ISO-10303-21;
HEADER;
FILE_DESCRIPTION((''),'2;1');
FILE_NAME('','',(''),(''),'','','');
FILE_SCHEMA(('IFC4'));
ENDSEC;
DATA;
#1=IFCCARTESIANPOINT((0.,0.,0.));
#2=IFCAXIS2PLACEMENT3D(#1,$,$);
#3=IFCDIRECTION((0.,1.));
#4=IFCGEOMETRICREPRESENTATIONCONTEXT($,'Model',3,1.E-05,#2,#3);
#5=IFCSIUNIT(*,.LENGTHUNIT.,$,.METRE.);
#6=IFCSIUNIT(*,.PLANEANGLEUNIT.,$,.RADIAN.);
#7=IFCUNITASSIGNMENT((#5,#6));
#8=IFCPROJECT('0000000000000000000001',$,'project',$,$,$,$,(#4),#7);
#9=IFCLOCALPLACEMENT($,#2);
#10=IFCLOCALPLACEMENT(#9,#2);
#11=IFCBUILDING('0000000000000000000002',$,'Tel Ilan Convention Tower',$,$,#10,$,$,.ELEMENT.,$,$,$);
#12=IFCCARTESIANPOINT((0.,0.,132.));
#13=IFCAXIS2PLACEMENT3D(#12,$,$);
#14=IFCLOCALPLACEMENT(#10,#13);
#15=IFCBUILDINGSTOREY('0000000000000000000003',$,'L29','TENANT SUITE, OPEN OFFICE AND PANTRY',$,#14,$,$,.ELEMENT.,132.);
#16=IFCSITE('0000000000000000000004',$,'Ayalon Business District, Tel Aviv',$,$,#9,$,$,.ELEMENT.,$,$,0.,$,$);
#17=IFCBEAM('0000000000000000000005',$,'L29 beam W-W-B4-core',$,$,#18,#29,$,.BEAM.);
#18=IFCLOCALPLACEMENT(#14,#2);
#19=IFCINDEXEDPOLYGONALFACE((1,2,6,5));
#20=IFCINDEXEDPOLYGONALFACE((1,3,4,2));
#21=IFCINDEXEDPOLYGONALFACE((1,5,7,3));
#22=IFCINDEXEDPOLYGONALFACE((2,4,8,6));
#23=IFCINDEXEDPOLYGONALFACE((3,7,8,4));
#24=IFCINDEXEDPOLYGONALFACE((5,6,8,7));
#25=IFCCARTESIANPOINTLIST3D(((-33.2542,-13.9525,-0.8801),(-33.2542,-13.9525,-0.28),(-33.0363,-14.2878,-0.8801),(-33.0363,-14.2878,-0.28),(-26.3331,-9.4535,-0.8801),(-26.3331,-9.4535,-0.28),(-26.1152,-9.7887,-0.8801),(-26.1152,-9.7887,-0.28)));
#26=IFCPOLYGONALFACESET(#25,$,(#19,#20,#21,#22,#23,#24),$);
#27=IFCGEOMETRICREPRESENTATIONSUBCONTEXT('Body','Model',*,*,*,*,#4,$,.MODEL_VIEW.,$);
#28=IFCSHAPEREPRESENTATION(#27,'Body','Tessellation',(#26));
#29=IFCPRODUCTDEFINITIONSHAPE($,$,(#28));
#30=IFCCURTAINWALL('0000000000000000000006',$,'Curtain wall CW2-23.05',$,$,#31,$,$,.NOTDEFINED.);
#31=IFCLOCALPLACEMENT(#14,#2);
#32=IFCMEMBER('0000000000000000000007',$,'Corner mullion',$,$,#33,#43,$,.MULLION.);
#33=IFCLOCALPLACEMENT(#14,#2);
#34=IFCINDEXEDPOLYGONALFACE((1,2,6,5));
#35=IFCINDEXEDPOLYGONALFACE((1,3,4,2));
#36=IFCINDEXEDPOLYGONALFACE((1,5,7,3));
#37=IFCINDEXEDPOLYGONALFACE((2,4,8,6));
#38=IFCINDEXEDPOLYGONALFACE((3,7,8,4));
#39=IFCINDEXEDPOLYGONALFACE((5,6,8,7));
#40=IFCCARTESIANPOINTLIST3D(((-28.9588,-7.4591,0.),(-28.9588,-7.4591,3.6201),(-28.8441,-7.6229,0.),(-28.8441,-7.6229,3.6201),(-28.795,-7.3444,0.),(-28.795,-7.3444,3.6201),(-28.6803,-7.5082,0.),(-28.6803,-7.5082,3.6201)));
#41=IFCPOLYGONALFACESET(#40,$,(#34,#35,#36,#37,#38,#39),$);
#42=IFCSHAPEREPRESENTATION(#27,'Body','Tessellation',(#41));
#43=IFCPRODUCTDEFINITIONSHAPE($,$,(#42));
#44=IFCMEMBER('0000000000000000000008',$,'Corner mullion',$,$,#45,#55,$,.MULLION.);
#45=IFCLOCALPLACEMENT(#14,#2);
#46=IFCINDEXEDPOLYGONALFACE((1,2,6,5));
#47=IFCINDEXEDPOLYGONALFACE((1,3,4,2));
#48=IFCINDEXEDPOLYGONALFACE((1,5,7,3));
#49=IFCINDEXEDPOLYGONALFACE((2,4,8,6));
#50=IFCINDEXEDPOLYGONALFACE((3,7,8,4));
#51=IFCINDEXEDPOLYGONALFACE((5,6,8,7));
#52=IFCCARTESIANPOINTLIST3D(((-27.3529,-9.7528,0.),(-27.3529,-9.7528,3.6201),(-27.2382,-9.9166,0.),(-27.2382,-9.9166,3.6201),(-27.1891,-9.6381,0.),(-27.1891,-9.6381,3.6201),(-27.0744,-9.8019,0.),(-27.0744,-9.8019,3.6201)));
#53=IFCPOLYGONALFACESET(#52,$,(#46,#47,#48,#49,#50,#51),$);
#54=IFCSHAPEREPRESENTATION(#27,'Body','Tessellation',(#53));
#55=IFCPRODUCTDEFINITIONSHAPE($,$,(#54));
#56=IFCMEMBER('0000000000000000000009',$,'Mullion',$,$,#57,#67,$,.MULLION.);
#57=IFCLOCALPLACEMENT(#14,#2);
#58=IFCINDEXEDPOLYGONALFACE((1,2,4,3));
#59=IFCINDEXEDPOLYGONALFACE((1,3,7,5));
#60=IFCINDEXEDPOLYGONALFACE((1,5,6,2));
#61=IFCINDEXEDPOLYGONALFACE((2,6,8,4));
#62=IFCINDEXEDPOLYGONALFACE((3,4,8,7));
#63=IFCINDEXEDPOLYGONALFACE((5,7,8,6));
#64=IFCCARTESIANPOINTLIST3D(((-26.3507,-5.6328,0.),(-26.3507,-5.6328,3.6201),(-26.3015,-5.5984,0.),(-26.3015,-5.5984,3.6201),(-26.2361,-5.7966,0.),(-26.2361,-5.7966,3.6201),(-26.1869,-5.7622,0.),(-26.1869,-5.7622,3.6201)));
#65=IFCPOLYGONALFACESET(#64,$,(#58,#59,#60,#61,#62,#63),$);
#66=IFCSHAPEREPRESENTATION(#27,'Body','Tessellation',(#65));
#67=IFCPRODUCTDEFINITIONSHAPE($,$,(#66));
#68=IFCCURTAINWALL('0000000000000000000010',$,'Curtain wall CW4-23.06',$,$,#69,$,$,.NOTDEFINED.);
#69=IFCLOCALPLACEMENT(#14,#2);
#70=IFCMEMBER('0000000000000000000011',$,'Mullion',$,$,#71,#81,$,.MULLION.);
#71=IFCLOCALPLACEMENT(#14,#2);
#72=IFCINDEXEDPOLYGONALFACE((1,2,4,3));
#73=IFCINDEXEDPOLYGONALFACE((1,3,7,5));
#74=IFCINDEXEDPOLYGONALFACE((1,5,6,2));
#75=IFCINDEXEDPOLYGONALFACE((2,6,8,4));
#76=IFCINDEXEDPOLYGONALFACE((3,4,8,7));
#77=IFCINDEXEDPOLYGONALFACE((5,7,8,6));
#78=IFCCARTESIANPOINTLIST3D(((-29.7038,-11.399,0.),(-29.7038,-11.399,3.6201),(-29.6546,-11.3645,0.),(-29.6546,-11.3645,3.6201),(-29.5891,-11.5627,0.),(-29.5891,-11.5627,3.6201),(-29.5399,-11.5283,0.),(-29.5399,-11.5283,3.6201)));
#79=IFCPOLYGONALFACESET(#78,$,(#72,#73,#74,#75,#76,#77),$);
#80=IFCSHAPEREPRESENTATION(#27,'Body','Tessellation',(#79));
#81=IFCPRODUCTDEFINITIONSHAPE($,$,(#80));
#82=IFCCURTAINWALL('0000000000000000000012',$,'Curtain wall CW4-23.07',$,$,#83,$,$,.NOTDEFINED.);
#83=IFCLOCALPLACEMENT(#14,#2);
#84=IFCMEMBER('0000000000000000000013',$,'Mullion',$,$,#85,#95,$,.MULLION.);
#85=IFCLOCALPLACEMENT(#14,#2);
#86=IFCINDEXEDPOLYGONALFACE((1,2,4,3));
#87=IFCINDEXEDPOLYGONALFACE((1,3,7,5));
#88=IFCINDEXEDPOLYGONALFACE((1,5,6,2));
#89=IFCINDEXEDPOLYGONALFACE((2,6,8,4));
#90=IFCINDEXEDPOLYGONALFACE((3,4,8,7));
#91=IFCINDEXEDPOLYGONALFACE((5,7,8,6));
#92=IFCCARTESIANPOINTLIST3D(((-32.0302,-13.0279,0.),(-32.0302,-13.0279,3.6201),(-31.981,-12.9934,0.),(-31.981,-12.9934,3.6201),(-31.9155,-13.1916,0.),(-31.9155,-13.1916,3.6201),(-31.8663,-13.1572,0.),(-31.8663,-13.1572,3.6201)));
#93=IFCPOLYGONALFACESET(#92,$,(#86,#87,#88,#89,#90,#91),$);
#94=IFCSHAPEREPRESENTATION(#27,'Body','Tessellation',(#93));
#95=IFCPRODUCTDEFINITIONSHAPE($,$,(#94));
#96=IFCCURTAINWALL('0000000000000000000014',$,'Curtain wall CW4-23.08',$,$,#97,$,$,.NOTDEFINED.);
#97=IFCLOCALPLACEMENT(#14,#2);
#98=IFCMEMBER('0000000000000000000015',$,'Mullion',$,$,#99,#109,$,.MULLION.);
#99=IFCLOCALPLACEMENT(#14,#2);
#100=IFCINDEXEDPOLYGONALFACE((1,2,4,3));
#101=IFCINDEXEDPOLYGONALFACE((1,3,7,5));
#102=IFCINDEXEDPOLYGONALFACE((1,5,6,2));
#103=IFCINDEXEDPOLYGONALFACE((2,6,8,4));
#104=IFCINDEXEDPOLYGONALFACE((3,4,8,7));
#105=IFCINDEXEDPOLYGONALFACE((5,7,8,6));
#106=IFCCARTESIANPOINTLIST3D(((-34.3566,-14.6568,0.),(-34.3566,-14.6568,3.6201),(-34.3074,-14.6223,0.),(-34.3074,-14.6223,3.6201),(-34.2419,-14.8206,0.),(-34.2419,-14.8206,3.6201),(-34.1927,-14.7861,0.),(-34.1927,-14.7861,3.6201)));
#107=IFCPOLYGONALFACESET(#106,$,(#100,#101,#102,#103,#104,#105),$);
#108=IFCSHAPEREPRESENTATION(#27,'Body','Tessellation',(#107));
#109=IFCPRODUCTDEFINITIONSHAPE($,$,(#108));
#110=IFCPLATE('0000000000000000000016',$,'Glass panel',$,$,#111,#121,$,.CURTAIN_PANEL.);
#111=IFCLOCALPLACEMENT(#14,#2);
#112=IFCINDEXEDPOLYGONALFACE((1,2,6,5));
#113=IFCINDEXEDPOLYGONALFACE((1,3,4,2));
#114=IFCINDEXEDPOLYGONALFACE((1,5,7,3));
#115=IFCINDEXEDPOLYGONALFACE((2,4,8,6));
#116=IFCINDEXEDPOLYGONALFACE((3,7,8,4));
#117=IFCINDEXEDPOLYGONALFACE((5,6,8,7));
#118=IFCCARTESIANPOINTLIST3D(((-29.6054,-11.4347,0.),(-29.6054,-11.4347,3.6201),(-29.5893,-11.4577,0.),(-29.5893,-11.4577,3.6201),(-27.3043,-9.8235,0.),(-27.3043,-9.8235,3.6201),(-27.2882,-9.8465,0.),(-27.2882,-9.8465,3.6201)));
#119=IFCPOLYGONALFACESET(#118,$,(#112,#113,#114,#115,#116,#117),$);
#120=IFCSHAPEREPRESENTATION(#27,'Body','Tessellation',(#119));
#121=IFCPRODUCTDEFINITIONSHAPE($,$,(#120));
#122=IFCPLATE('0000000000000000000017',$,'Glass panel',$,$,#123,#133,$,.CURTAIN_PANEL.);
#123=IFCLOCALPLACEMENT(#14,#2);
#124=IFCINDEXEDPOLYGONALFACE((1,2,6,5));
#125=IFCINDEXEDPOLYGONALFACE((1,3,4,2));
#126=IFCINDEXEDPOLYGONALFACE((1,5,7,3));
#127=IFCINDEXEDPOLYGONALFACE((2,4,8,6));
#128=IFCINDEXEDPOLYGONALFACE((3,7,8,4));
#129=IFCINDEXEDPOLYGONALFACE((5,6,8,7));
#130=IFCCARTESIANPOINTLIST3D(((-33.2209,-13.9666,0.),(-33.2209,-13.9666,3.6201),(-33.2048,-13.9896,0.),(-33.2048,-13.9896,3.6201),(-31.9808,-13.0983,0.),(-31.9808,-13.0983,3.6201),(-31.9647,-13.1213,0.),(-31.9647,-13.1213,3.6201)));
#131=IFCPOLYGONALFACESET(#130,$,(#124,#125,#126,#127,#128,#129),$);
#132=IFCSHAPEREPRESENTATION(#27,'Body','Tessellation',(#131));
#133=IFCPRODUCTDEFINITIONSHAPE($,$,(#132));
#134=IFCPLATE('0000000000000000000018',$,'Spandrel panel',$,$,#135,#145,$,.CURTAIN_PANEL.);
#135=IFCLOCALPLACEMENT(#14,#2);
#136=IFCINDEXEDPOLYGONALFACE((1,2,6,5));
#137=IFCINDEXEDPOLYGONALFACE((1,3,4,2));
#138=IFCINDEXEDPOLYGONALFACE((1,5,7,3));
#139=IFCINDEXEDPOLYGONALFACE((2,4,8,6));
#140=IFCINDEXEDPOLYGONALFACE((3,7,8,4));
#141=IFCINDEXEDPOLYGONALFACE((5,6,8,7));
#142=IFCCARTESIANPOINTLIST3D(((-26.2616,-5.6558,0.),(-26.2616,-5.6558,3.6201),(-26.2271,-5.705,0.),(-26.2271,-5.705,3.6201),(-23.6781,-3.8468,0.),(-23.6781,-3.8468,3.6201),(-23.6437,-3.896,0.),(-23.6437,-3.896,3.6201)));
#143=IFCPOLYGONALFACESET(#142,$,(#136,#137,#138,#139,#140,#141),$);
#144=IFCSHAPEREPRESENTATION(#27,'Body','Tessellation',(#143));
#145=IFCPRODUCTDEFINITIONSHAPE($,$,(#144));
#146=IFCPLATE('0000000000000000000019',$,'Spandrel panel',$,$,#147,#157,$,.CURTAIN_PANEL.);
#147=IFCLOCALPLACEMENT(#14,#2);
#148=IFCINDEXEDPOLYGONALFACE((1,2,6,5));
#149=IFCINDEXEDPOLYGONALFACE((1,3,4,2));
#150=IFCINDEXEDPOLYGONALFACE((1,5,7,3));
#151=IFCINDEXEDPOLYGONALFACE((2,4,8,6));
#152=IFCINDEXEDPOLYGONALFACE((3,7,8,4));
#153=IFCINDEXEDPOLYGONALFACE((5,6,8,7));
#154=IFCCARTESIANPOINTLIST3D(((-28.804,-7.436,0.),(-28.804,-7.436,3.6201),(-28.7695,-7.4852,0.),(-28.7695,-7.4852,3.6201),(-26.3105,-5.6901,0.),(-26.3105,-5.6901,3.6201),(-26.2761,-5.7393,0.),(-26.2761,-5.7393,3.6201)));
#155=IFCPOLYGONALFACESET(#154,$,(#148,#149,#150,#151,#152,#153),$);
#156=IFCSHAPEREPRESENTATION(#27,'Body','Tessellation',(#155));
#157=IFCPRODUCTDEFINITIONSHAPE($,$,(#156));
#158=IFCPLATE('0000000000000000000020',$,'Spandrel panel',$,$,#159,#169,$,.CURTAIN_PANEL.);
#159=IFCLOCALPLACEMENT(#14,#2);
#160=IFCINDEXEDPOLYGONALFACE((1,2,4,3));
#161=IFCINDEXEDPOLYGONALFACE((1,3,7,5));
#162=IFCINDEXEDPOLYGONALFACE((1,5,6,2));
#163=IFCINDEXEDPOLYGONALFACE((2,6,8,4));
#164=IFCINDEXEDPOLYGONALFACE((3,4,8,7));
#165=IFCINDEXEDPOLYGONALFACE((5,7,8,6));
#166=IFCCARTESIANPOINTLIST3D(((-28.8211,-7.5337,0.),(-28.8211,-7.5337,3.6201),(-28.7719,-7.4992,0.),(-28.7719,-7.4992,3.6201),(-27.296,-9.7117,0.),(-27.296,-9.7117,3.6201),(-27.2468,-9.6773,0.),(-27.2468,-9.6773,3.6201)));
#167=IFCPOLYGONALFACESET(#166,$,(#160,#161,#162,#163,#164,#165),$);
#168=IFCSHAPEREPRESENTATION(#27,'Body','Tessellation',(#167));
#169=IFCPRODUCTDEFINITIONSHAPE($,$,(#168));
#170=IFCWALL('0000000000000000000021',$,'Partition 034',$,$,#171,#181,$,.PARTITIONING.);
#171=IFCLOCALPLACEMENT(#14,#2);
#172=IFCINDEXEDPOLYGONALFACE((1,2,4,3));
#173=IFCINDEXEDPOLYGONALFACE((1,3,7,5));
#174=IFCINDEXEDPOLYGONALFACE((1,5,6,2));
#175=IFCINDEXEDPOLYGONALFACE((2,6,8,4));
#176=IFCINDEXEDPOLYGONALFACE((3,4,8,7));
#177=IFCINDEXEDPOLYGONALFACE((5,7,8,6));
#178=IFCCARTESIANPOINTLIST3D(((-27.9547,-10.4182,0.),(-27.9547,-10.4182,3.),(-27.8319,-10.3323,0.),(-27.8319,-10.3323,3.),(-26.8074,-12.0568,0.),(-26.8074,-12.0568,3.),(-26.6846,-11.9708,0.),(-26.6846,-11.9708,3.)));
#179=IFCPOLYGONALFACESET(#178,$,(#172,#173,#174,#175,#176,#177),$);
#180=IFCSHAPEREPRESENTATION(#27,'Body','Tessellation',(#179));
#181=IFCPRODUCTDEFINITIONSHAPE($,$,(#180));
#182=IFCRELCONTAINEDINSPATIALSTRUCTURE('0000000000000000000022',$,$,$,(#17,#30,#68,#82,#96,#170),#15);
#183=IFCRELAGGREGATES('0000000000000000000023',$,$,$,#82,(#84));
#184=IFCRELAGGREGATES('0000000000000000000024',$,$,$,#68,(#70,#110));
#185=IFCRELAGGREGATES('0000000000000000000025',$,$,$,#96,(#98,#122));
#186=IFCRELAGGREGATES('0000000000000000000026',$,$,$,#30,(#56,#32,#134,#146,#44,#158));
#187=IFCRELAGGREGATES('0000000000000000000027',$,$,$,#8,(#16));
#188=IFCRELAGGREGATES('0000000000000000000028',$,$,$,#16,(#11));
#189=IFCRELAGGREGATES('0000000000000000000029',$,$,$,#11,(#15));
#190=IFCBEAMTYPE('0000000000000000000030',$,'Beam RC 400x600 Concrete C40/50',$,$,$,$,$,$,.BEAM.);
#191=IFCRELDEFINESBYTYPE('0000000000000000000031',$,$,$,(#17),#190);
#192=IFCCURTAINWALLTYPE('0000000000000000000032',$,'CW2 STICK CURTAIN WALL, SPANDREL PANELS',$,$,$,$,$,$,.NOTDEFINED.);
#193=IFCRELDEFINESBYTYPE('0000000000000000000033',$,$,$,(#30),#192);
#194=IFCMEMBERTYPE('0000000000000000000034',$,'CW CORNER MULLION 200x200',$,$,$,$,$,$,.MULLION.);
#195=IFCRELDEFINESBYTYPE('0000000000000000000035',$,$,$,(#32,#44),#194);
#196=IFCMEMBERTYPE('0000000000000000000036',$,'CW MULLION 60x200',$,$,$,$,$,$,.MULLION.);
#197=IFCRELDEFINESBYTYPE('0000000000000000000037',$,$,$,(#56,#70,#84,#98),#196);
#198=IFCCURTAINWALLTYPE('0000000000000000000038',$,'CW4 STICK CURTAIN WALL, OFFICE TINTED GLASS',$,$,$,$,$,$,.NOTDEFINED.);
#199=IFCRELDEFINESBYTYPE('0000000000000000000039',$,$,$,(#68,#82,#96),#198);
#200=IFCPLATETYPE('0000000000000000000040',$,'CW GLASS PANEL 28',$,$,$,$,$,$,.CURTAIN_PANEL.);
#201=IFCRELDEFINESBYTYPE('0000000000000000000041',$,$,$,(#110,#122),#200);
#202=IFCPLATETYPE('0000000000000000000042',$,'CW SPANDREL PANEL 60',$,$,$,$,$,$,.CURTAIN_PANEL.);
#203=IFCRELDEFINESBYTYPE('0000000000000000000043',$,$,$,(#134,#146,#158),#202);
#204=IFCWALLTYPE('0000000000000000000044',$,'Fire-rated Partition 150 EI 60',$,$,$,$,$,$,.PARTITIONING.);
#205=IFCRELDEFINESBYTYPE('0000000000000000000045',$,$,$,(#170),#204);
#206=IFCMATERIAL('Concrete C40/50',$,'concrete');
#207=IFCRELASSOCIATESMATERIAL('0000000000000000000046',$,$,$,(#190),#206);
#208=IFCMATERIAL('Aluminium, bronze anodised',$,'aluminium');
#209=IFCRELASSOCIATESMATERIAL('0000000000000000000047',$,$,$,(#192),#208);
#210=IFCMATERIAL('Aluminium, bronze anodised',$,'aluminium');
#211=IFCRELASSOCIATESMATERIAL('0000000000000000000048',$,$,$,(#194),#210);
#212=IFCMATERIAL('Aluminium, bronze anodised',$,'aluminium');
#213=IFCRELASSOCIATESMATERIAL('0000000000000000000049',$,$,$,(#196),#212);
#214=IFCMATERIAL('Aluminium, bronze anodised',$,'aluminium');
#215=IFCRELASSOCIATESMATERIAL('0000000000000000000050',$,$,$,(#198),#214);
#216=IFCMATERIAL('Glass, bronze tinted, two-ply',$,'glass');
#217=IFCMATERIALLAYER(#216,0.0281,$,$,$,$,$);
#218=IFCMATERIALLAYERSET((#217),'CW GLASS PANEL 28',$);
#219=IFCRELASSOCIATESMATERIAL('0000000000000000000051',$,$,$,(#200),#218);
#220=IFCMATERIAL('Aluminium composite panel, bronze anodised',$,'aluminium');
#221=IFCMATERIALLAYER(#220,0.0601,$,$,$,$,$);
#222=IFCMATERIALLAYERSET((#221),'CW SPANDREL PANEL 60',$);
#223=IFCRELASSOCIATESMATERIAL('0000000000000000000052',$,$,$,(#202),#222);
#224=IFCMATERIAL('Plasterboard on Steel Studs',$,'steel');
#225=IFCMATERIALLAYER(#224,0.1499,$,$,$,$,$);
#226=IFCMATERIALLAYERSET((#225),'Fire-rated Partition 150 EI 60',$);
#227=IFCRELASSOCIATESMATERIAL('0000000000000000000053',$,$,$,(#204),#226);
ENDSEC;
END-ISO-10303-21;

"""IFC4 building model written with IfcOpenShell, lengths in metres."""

from ifc_helpers import new_model, si_unit, direction, frame, frame_2d, origin, origin_2d, place, context, subcontext, project, spatial, rectangle, extrude, material, layer, layer_set, material_profile, profile_set, type_object, element, aggregate, save


model = new_model("IFC4")

# Units and contexts
model_context = context("Model", 3, precision=1e-05, world=origin(), true_north=direction((0.0, 1.0)))
body_context = subcontext(model_context, "Body", "Model", "MODEL_VIEW")
ifc_project = project(units=[si_unit("LENGTHUNIT", "METRE"), si_unit("PLANEANGLEUNIT", "RADIAN")], contexts=[model_context])

# Site, building, storey
site_placement = place(None, origin())
site = spatial("IfcSite", under=ifc_project, at=site_placement, Name="Ayalon Business District, Tel Aviv", CompositionType="ELEMENT", RefElevation=0.0)
building_placement = place(site_placement, origin())
building = spatial("IfcBuilding", under=site, at=building_placement, Name="Tel Ilan Convention Tower", CompositionType="ELEMENT")
storey_placement = place(building_placement, frame((0.0, 0.0, 132.0)))
storey = spatial("IfcBuildingStorey", under=building, at=storey_placement, Name="L29", Description="TENANT SUITE, OPEN OFFICE AND PANTRY", CompositionType="ELEMENT", Elevation=132.0)

# Beam
ifc_material_1 = material(Name="Concrete C40/50", Category="concrete")
ifc_material_profile_1 = material_profile(ifc_material_1, rectangle(XDim=0.3999, YDim=0.6001, at=origin_2d()), Name="RC 400x600")
ifc_profile_set_1 = profile_set([ifc_material_profile_1], Name="Concrete C40/50")
beam_type = type_object("IfcBeamType", Name="Beam RC 400x600 Concrete C40/50", PredefinedType="BEAM", material=ifc_profile_set_1)
beam_placement = place(storey_placement, frame((-33.1453, -14.1201, -0.5801), z_axis=(0.838428, 0.545012, 0.0), x_axis=(-0.545012, 0.838428, 0.0)))
element("IfcBeam", 1, at=beam_placement, inside=storey, type_object=beam_type, Name="L29 beam W-W-B4-core", PredefinedType="BEAM", context=body_context, shape_type="SweptSolid", body=[
    extrude(rectangle(XDim=0.3999, YDim=0.6001, at=origin_2d()), origin(), (0.0, 0.0, 1.0), 8.2549),
])

# Curtain wall, members
ifc_material_2 = material(Name="Aluminium, bronze anodised", Category="aluminium")
curtain_wall_type_1 = type_object("IfcCurtainWallType", Name="CW2 STICK CURTAIN WALL, SPANDREL PANELS", PredefinedType="NOTDEFINED", material=ifc_material_2)
curtain_wall_1_placement = place(storey_placement, origin())
curtain_wall_1 = element("IfcCurtainWall", 2, at=curtain_wall_1_placement, inside=storey, type_object=curtain_wall_type_1, Name="Curtain wall CW2-23.05", PredefinedType="NOTDEFINED")
ifc_material_3 = material(Name="Aluminium, bronze anodised", Category="aluminium")
ifc_material_profile_2 = material_profile(ifc_material_3, rectangle(XDim=0.2, YDim=0.2, at=origin_2d()), Name="CW CORNER MULLION 200x200")
ifc_profile_set_2 = profile_set([ifc_material_profile_2], Name="Aluminium, bronze anodised")
member_type_1 = type_object("IfcMemberType", Name="CW CORNER MULLION 200x200", PredefinedType="MULLION", material=ifc_profile_set_2)
member_1_placement = place(storey_placement, frame((-28.8196, -7.4836, 0.0), z_axis=(0.0, 0.0, 1.0), x_axis=(-0.819152, -0.573576, 0.0)))
member_1 = element("IfcMember", 3, at=member_1_placement, type_object=member_type_1, Name="Corner mullion", PredefinedType="MULLION", context=body_context, shape_type="SweptSolid", body=[
    extrude(rectangle(XDim=0.2, YDim=0.2, at=origin_2d()), origin(), (0.0, 0.0, 1.0), 3.6201),
])
member_2_placement = place(storey_placement, frame((-27.2136, -9.7773, 0.0), z_axis=(0.0, 0.0, 1.0), x_axis=(0.573576, -0.819152, 0.0)))
member_2 = element("IfcMember", 4, at=member_2_placement, type_object=member_type_1, Name="Corner mullion", PredefinedType="MULLION", context=body_context, shape_type="SweptSolid", body=[
    extrude(rectangle(XDim=0.2, YDim=0.2, at=origin_2d()), origin(), (0.0, 0.0, 1.0), 3.6201),
])
ifc_material_4 = material(Name="Aluminium, bronze anodised", Category="aluminium")
ifc_material_profile_3 = material_profile(ifc_material_4, rectangle(XDim=0.0601, YDim=0.2, at=origin_2d()), Name="CW MULLION 60x200")
ifc_profile_set_3 = profile_set([ifc_material_profile_3], Name="Aluminium, bronze anodised")
member_type_2 = type_object("IfcMemberType", Name="CW MULLION 60x200", PredefinedType="MULLION", material=ifc_profile_set_3)
member_3_placement = place(storey_placement, frame((-26.2688, -5.6975, 0.0), z_axis=(0.0, 0.0, 1.0), x_axis=(-0.819152, -0.573576, 0.0)))
member_3 = element("IfcMember", 5, at=member_3_placement, type_object=member_type_2, Name="Mullion", PredefinedType="MULLION", context=body_context, shape_type="SweptSolid", body=[
    extrude(rectangle(XDim=0.0601, YDim=0.2, at=origin_2d()), origin(), (0.0, 0.0, 1.0), 3.6201),
])

# Curtain walls, members
ifc_material_5 = material(Name="Aluminium, bronze anodised", Category="aluminium")
curtain_wall_type_2 = type_object("IfcCurtainWallType", Name="CW4 STICK CURTAIN WALL, OFFICE TINTED GLASS", PredefinedType="NOTDEFINED", material=ifc_material_5)
curtain_wall_2_placement = place(storey_placement, origin())
curtain_wall_2 = element("IfcCurtainWall", 6, at=curtain_wall_2_placement, inside=storey, type_object=curtain_wall_type_2, Name="Curtain wall CW4-23.06", PredefinedType="NOTDEFINED")
member_4_placement = place(storey_placement, frame((-29.6218, -11.4636, 0.0), z_axis=(0.0, 0.0, 1.0), x_axis=(-0.819152, -0.573576, 0.0)))
member_4 = element("IfcMember", 7, at=member_4_placement, type_object=member_type_2, Name="Mullion", PredefinedType="MULLION", context=body_context, shape_type="SweptSolid", body=[
    extrude(rectangle(XDim=0.0601, YDim=0.2, at=origin_2d()), origin(), (0.0, 0.0, 1.0), 3.6201),
])
curtain_wall_3_placement = place(storey_placement, origin())
curtain_wall_3 = element("IfcCurtainWall", 8, at=curtain_wall_3_placement, inside=storey, type_object=curtain_wall_type_2, Name="Curtain wall CW4-23.07", PredefinedType="NOTDEFINED")
member_5_placement = place(storey_placement, frame((-31.9482, -13.0925, 0.0), z_axis=(0.0, 0.0, 1.0), x_axis=(-0.819152, -0.573576, 0.0)))
member_5 = element("IfcMember", 9, at=member_5_placement, type_object=member_type_2, Name="Mullion", PredefinedType="MULLION", context=body_context, shape_type="SweptSolid", body=[
    extrude(rectangle(XDim=0.0601, YDim=0.2, at=origin_2d()), origin(), (0.0, 0.0, 1.0), 3.6201),
])
aggregate(curtain_wall_3, [member_5])
curtain_wall_4_placement = place(storey_placement, origin())
curtain_wall_4 = element("IfcCurtainWall", 10, at=curtain_wall_4_placement, inside=storey, type_object=curtain_wall_type_2, Name="Curtain wall CW4-23.08", PredefinedType="NOTDEFINED")
member_6_placement = place(storey_placement, frame((-34.2747, -14.7214, 0.0), z_axis=(0.0, 0.0, 1.0), x_axis=(-0.819152, -0.573576, 0.0)))
member_6 = element("IfcMember", 11, at=member_6_placement, type_object=member_type_2, Name="Mullion", PredefinedType="MULLION", context=body_context, shape_type="SweptSolid", body=[
    extrude(rectangle(XDim=0.0601, YDim=0.2, at=origin_2d()), origin(), (0.0, 0.0, 1.0), 3.6201),
])

# Plates
ifc_material_6 = material(Name="Glass, bronze tinted, two-ply", Category="glass")
ifc_layer_1 = layer(ifc_material_6, 0.0281)
ifc_layer_set_1 = layer_set([ifc_layer_1], Name="CW GLASS PANEL 28")
plate_type_1 = type_object("IfcPlateType", Name="CW GLASS PANEL 28", PredefinedType="CURTAIN_PANEL", material=ifc_layer_set_1)
plate_1_placement = place(storey_placement, frame((-28.4468, -10.6406, 0.0), z_axis=(0.0, 0.0, 1.0), x_axis=(-0.819152, -0.573576, 0.0)))
plate_1 = element("IfcPlate", 12, at=plate_1_placement, type_object=plate_type_1, Name="Glass panel", PredefinedType="CURTAIN_PANEL", context=body_context, shape_type="SweptSolid", body=[
    extrude(rectangle(XDim=2.8091, YDim=0.0281, at=origin_2d()), origin(), (0.0, 0.0, 1.0), 3.6201),
])
aggregate(curtain_wall_2, [member_4, plate_1])
plate_2_placement = place(storey_placement, frame((-32.5928, -13.5439, 0.0), z_axis=(0.0, 0.0, 1.0), x_axis=(-0.819152, -0.573576, 0.0)))
plate_2 = element("IfcPlate", 13, at=plate_2_placement, type_object=plate_type_1, Name="Glass panel", PredefinedType="CURTAIN_PANEL", context=body_context, shape_type="SweptSolid", body=[
    extrude(rectangle(XDim=1.5139, YDim=0.0281, at=origin_2d()), origin(), (0.0, 0.0, 1.0), 3.6201),
])
aggregate(curtain_wall_4, [member_6, plate_2])
ifc_material_7 = material(Name="Aluminium composite panel, bronze anodised", Category="aluminium")
ifc_layer_2 = layer(ifc_material_7, 0.0601)
ifc_layer_set_2 = layer_set([ifc_layer_2], Name="CW SPANDREL PANEL 60")
plate_type_2 = type_object("IfcPlateType", Name="CW SPANDREL PANEL 60", PredefinedType="CURTAIN_PANEL", material=ifc_layer_set_2)
plate_3_placement = place(storey_placement, frame((-24.9526, -4.7759, 0.0), z_axis=(0.0, 0.0, 1.0), x_axis=(-0.819152, -0.573576, 0.0)))
plate_3 = element("IfcPlate", 14, at=plate_3_placement, type_object=plate_type_2, Name="Spandrel panel", PredefinedType="CURTAIN_PANEL", context=body_context, shape_type="SweptSolid", body=[
    extrude(rectangle(XDim=3.1538, YDim=0.0601, at=origin_2d()), origin(), (0.0, 0.0, 1.0), 3.6201),
])
plate_4_placement = place(storey_placement, frame((-27.54, -6.5876, 0.0), z_axis=(0.0, 0.0, 1.0), x_axis=(-0.819152, -0.573576, 0.0)))
plate_4 = element("IfcPlate", 15, at=plate_4_placement, type_object=plate_type_2, Name="Spandrel panel", PredefinedType="CURTAIN_PANEL", context=body_context, shape_type="SweptSolid", body=[
    extrude(rectangle(XDim=3.0439, YDim=0.0601, at=origin_2d()), origin(), (0.0, 0.0, 1.0), 3.6201),
])
plate_5_placement = place(storey_placement, frame((-28.0339, -8.6055, 0.0), z_axis=(0.0, 0.0, 1.0), x_axis=(0.573576, -0.819152, 0.0)))
plate_5 = element("IfcPlate", 16, at=plate_5_placement, type_object=plate_type_2, Name="Spandrel panel", PredefinedType="CURTAIN_PANEL", context=body_context, shape_type="SweptSolid", body=[
    extrude(rectangle(XDim=2.6589, YDim=0.0601, at=origin_2d()), origin(), (0.0, 0.0, 1.0), 3.6201),
])
aggregate(curtain_wall_1, [member_3, member_1, plate_3, plate_4, member_2, plate_5])

# Wall
ifc_material_8 = material(Name="Plasterboard on Steel Studs", Category="steel")
ifc_layer_3 = layer(ifc_material_8, 0.1499)
ifc_layer_set_3 = layer_set([ifc_layer_3], Name="Fire-rated Partition 150 EI 60")
wall_type_1 = type_object("IfcWallType", Name="Fire-rated Partition 150 EI 60", PredefinedType="PARTITIONING", material=ifc_layer_set_3)
wall_1_placement = place(storey_placement, frame((-26.7461, -12.0137, 0.0), z_axis=(0.0, 0.0, 1.0), x_axis=(-0.573569, 0.819157, 0.0)))
element("IfcWall", 17, at=wall_1_placement, inside=storey, type_object=wall_type_1, Name="Partition 034", PredefinedType="PARTITIONING", context=body_context, shape_type="SweptSolid", body=[
    extrude(rectangle(XDim=2.0002, YDim=0.1499, at=frame_2d((1.0, 0.0))), origin(), (0.0, 0.0, 1.0), 3.0),
])

save(model, "model.ifc")
